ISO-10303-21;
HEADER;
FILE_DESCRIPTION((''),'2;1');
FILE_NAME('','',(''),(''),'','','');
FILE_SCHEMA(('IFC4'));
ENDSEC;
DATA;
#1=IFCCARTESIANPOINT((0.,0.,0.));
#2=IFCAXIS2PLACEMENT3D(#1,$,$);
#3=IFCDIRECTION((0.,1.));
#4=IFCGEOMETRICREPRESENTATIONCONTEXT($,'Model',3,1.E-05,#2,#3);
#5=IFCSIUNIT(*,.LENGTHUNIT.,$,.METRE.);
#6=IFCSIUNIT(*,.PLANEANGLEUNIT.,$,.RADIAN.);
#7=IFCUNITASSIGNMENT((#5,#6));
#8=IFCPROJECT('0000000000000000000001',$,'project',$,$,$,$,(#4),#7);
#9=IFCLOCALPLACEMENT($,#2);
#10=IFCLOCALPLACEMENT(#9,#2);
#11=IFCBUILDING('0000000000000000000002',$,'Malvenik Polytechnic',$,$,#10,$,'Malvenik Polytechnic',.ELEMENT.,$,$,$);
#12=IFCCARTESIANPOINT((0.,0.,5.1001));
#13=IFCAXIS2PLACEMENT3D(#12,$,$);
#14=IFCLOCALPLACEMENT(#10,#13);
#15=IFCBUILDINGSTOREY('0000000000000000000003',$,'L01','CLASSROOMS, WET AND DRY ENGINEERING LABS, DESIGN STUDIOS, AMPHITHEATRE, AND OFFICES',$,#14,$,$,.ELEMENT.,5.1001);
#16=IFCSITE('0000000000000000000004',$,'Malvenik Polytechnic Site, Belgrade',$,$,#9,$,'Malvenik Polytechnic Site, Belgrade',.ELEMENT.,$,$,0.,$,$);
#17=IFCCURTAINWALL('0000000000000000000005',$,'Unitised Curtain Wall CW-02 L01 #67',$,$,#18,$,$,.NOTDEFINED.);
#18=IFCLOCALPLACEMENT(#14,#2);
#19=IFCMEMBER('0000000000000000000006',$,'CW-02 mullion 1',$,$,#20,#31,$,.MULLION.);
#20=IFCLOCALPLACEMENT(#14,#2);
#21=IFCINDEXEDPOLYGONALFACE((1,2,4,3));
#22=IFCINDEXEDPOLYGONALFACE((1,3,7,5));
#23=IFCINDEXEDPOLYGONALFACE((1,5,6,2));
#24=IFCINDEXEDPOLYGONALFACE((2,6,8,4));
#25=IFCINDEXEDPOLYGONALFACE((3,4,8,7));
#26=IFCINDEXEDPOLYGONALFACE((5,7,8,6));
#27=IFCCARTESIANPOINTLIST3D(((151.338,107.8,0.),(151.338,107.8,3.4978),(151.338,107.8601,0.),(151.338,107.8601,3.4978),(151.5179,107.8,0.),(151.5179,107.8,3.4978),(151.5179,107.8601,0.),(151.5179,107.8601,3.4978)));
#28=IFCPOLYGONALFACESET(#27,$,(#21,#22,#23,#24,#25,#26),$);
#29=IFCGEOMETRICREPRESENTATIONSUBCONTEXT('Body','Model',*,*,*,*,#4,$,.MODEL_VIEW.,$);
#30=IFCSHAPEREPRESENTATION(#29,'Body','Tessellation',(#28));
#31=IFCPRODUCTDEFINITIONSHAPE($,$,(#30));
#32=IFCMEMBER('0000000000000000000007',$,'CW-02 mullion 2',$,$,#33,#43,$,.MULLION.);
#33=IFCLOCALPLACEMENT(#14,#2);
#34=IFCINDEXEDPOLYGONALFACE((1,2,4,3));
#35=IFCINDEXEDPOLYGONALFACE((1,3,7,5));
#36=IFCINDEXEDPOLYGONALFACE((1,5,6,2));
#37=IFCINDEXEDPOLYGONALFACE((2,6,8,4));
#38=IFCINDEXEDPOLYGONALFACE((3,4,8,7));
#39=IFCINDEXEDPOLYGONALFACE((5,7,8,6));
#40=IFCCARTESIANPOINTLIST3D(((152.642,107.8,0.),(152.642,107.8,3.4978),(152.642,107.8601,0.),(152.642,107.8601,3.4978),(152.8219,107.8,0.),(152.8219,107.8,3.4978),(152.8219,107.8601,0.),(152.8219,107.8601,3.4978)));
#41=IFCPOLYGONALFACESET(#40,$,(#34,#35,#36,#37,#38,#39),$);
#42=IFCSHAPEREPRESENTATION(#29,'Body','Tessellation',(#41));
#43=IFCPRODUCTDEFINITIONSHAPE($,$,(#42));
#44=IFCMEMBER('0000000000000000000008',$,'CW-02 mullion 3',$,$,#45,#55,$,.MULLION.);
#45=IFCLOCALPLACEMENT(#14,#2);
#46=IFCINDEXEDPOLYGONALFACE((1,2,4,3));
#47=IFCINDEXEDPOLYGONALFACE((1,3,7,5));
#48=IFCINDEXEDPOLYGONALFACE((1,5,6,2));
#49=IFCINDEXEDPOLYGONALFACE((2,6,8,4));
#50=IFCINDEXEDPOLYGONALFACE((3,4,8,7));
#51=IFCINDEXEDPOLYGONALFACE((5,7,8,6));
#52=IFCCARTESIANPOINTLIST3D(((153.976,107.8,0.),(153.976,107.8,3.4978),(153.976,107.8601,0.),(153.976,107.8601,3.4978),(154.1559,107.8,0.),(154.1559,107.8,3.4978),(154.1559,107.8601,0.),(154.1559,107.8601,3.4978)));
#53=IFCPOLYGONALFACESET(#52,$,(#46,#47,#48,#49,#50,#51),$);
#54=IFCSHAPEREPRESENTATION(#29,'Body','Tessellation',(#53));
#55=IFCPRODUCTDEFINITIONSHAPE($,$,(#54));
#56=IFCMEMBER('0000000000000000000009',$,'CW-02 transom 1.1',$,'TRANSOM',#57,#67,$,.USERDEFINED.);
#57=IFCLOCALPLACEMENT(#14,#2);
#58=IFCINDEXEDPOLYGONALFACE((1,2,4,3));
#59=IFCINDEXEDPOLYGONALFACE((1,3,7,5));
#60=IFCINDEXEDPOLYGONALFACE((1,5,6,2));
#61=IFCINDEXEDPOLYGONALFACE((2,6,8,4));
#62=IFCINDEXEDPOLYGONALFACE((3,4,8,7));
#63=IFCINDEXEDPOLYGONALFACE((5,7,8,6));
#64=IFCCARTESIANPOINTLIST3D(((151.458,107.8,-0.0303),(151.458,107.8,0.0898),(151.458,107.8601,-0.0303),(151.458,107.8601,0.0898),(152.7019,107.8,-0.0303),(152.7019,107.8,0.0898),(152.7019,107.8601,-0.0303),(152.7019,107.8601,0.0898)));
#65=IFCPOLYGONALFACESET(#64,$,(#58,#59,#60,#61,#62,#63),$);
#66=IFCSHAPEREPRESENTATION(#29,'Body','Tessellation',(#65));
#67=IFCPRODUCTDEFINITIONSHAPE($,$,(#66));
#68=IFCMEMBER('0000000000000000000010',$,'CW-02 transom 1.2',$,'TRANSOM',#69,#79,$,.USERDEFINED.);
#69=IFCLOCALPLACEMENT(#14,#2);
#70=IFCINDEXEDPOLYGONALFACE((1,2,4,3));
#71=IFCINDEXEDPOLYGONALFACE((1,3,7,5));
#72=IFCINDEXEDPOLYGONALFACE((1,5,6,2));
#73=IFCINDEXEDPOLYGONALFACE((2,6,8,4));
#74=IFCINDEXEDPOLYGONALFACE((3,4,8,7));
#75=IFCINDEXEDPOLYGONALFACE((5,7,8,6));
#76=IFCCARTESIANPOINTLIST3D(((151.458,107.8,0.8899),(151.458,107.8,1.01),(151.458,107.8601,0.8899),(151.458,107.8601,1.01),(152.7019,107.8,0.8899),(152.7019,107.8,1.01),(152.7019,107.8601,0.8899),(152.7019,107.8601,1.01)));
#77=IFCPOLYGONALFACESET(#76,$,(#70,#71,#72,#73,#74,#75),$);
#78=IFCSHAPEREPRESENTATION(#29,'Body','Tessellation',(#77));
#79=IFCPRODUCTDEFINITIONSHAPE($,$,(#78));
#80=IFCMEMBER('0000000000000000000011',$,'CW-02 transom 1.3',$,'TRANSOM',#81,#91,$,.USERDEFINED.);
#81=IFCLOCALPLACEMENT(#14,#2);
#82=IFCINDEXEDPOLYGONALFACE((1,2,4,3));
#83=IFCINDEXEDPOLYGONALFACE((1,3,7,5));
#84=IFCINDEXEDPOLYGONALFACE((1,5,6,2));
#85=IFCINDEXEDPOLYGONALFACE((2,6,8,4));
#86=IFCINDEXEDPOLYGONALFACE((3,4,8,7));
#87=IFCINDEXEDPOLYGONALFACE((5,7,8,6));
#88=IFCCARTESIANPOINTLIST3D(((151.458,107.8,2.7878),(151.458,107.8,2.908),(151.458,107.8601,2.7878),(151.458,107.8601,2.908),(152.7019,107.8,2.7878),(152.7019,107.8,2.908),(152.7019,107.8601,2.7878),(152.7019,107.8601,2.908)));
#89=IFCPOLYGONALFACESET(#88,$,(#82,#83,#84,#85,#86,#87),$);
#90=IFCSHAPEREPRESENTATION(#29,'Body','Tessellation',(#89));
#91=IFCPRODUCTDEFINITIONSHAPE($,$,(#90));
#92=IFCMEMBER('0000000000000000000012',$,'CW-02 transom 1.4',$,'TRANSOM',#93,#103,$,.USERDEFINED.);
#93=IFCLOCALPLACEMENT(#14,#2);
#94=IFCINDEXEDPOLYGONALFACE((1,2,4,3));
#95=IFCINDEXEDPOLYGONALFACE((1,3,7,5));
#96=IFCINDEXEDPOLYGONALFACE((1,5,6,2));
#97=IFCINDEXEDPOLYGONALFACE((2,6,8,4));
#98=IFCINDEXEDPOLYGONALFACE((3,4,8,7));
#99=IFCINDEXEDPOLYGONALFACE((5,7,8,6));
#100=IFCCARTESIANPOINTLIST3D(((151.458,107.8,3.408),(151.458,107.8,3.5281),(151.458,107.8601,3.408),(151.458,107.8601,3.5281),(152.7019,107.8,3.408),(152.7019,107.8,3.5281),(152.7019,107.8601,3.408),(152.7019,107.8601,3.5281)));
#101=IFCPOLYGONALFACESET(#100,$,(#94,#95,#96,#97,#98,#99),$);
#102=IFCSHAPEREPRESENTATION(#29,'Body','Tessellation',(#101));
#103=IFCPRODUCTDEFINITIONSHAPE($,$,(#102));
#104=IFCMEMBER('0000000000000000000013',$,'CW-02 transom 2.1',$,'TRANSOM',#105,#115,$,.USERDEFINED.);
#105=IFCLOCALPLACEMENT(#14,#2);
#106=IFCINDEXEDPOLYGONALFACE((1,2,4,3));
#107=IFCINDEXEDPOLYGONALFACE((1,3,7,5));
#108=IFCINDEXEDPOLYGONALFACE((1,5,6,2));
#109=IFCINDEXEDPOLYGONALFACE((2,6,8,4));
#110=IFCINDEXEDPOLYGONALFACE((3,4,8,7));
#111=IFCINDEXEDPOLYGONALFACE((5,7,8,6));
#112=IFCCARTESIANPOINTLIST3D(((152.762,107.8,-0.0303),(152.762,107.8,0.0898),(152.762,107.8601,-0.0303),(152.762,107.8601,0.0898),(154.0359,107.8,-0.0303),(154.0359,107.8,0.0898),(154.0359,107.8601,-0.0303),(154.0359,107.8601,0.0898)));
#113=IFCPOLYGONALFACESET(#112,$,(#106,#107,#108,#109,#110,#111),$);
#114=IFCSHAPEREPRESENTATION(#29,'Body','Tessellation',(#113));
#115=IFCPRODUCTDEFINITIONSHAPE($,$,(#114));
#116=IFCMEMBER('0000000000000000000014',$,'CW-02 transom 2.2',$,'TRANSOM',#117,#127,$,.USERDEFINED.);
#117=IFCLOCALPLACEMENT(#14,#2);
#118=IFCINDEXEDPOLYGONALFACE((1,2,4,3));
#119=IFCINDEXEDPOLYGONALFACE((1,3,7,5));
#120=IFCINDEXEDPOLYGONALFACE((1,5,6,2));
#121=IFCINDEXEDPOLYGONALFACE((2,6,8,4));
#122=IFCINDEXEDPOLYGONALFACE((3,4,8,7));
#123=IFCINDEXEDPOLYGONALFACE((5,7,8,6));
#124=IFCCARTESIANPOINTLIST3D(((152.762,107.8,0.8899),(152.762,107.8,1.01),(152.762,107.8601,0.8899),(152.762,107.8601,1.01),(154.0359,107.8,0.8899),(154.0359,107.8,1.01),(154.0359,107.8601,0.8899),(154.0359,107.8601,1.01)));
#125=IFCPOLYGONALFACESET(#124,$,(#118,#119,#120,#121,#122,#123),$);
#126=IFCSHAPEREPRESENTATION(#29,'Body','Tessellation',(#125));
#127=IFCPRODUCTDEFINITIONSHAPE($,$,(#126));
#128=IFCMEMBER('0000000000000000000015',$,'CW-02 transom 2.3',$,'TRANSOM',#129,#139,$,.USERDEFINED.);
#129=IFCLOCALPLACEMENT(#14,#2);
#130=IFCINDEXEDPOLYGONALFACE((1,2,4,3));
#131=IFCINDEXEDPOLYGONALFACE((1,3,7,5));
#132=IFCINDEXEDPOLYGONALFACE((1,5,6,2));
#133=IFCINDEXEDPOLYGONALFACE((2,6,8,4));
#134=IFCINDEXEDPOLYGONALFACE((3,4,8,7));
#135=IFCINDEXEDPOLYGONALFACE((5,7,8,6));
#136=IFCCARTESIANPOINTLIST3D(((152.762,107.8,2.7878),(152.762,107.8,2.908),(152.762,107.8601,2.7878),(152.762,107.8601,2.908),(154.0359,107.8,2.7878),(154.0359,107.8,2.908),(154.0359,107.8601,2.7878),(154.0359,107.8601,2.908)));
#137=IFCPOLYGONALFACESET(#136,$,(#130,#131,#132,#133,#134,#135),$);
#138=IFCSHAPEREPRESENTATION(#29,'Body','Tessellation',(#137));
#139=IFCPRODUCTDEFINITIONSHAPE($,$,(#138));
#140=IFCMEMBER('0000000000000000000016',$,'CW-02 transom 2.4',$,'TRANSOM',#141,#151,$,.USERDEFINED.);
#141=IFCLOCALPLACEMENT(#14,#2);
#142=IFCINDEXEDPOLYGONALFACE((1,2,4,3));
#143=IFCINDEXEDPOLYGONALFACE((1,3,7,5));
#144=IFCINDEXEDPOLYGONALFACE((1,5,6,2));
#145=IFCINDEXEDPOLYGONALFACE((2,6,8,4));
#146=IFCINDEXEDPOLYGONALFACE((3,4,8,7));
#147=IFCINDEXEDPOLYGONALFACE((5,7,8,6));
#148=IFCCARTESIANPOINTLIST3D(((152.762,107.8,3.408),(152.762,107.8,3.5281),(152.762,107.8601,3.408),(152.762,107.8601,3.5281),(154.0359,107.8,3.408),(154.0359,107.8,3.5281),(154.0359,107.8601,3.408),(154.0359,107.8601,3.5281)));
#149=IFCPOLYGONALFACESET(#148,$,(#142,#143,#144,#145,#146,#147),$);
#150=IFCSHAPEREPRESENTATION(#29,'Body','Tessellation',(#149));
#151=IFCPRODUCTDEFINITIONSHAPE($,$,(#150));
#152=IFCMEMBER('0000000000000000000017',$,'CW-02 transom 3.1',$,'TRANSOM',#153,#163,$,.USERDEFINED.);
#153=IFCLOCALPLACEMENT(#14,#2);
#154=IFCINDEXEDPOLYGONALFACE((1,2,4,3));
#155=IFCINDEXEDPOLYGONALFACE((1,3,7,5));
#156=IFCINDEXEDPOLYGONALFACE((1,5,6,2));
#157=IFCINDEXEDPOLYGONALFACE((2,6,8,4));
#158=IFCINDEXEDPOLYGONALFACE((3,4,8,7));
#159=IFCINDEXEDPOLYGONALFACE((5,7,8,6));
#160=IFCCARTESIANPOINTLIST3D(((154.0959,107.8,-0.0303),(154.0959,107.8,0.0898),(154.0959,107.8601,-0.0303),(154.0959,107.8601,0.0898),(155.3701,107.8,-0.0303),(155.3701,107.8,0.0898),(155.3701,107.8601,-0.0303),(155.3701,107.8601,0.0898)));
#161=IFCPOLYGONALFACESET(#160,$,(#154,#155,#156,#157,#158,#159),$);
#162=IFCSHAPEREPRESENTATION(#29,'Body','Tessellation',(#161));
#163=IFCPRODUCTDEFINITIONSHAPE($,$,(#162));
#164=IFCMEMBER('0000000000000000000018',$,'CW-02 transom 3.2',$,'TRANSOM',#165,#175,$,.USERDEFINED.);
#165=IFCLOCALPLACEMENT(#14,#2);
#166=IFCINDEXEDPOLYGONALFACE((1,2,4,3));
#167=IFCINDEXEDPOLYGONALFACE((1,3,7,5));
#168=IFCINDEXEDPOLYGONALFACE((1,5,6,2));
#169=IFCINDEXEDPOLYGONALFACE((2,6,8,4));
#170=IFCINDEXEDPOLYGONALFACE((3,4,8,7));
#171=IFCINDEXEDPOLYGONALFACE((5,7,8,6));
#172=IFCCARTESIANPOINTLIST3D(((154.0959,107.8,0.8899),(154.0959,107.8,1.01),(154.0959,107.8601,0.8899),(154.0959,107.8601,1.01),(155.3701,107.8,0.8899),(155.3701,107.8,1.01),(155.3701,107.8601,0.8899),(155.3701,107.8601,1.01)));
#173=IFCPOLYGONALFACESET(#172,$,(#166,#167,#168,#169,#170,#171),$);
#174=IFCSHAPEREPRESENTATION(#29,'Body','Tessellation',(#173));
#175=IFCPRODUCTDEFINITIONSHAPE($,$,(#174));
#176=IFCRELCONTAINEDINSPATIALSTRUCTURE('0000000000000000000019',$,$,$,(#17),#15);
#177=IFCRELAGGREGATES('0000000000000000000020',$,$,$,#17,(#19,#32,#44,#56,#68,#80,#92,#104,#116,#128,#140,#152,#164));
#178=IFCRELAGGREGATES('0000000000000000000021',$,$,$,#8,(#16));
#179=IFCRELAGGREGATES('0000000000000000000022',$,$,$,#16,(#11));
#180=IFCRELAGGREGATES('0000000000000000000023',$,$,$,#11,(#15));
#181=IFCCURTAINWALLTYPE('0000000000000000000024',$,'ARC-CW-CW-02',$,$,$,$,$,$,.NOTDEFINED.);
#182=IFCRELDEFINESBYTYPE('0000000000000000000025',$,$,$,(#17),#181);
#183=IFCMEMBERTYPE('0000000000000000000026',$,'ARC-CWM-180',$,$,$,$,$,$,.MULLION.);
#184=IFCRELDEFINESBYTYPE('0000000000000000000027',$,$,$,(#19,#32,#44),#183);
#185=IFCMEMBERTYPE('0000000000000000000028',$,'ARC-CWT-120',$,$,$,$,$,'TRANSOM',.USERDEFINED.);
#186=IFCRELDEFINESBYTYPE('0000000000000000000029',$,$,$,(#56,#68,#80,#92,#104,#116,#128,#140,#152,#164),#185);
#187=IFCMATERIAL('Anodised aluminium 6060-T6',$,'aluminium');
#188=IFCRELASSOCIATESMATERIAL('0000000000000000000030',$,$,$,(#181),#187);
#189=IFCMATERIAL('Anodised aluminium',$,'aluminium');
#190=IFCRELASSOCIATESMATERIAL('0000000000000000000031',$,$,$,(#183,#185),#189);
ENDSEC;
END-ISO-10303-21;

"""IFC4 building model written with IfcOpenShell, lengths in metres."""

from ifc_helpers import new_model, si_unit, direction, frame, origin, origin_2d, place, context, subcontext, project, spatial, rectangle, extrude, material, material_profile, profile_set, type_object, element, aggregate, save


model = new_model("IFC4")

# Units and contexts
model_context = context("Model", 3, precision=1e-05, world=origin(), true_north=direction((0.0, 1.0)))
body_context = subcontext(model_context, "Body", "Model", "MODEL_VIEW")
ifc_project = project(units=[si_unit("LENGTHUNIT", "METRE"), si_unit("PLANEANGLEUNIT", "RADIAN")], contexts=[model_context])

# Site, building, storey
site_placement = place(None, origin())
site = spatial("IfcSite", under=ifc_project, at=site_placement, Name="Malvenik Polytechnic Site, Belgrade", LongName="Malvenik Polytechnic Site, Belgrade", CompositionType="ELEMENT", RefElevation=0.0)
building_placement = place(site_placement, origin())
building = spatial("IfcBuilding", under=site, at=building_placement, Name="Malvenik Polytechnic", LongName="Malvenik Polytechnic", CompositionType="ELEMENT")
storey_placement = place(building_placement, frame((0.0, 0.0, 5.1001)))
storey = spatial("IfcBuildingStorey", under=building, at=storey_placement, Name="L01", Description="CLASSROOMS, WET AND DRY ENGINEERING LABS, DESIGN STUDIOS, AMPHITHEATRE, AND OFFICES", CompositionType="ELEMENT", Elevation=5.1001)

# Curtain wall, members
ifc_material_1 = material(Name="Anodised aluminium 6060-T6", Category="aluminium")
curtain_wall_type = type_object("IfcCurtainWallType", Name="ARC-CW-CW-02", PredefinedType="NOTDEFINED", material=ifc_material_1)
curtain_wall_placement = place(storey_placement, origin())
curtain_wall = element("IfcCurtainWall", 1, at=curtain_wall_placement, inside=storey, type_object=curtain_wall_type, Name="Unitised Curtain Wall CW-02 L01 #67", PredefinedType="NOTDEFINED")
ifc_material_2 = material(Name="Anodised aluminium", Category="aluminium")
ifc_material_profile_1 = material_profile(ifc_material_2, rectangle(XDim=0.0601, YDim=0.1799, at=origin_2d()), Name="ALU MULLION 60x180")
ifc_profile_set_1 = profile_set([ifc_material_profile_1], Name="Anodised aluminium")
member_type_1 = type_object("IfcMemberType", Name="ARC-CWM-180", PredefinedType="MULLION", material=ifc_profile_set_1)
member_1_placement = place(storey_placement, frame((151.428, 107.8301, 0.0), z_axis=(0.0, 0.0, 1.0), x_axis=(0.0, 1.0, 0.0)))
member_1 = element("IfcMember", 2, at=member_1_placement, type_object=member_type_1, Name="CW-02 mullion 1", PredefinedType="MULLION", context=body_context, shape_type="SweptSolid", body=[
    extrude(rectangle(XDim=0.0601, YDim=0.1799, at=origin_2d()), origin(), (0.0, 0.0, 1.0), 3.4978),
])
member_2_placement = place(storey_placement, frame((152.7319, 107.8301, 0.0), z_axis=(0.0, 0.0, 1.0), x_axis=(0.0, 1.0, 0.0)))
member_2 = element("IfcMember", 3, at=member_2_placement, type_object=member_type_1, Name="CW-02 mullion 2", PredefinedType="MULLION", context=body_context, shape_type="SweptSolid", body=[
    extrude(rectangle(XDim=0.0601, YDim=0.1799, at=origin_2d()), origin(), (0.0, 0.0, 1.0), 3.4978),
])
member_3_placement = place(storey_placement, frame((154.0659, 107.8301, 0.0), z_axis=(0.0, 0.0, 1.0), x_axis=(0.0, 1.0, 0.0)))
member_3 = element("IfcMember", 4, at=member_3_placement, type_object=member_type_1, Name="CW-02 mullion 3", PredefinedType="MULLION", context=body_context, shape_type="SweptSolid", body=[
    extrude(rectangle(XDim=0.0601, YDim=0.1799, at=origin_2d()), origin(), (0.0, 0.0, 1.0), 3.4978),
])
ifc_material_profile_2 = material_profile(ifc_material_2, rectangle(XDim=0.0601, YDim=0.1201, at=origin_2d()), Name="ALU TRANSOM 60x120")
ifc_profile_set_2 = profile_set([ifc_material_profile_2], Name="Anodised aluminium")
member_type_2 = type_object("IfcMemberType", Name="ARC-CWT-120", ElementType="TRANSOM", PredefinedType="USERDEFINED", material=ifc_profile_set_2)
member_4_placement = place(storey_placement, frame((151.458, 107.8301, 0.0298), z_axis=(1.0, 0.0, 0.0), x_axis=(0.0, 1.0, 0.0)))
member_4 = element("IfcMember", 5, at=member_4_placement, type_object=member_type_2, Name="CW-02 transom 1.1", ObjectType="TRANSOM", PredefinedType="USERDEFINED", context=body_context, shape_type="SweptSolid", body=[
    extrude(rectangle(XDim=0.0601, YDim=0.1201, at=origin_2d()), origin(), (0.0, 0.0, 1.0), 1.2439),
])
member_5_placement = place(storey_placement, frame((151.458, 107.8301, 0.95), z_axis=(1.0, 0.0, 0.0), x_axis=(0.0, 1.0, 0.0)))
member_5 = element("IfcMember", 6, at=member_5_placement, type_object=member_type_2, Name="CW-02 transom 1.2", ObjectType="TRANSOM", PredefinedType="USERDEFINED", context=body_context, shape_type="SweptSolid", body=[
    extrude(rectangle(XDim=0.0601, YDim=0.1201, at=origin_2d()), origin(), (0.0, 0.0, 1.0), 1.2439),
])
member_6_placement = place(storey_placement, frame((151.458, 107.8301, 2.8479), z_axis=(1.0, 0.0, 0.0), x_axis=(0.0, 1.0, 0.0)))
member_6 = element("IfcMember", 7, at=member_6_placement, type_object=member_type_2, Name="CW-02 transom 1.3", ObjectType="TRANSOM", PredefinedType="USERDEFINED", context=body_context, shape_type="SweptSolid", body=[
    extrude(rectangle(XDim=0.0601, YDim=0.1201, at=origin_2d()), origin(), (0.0, 0.0, 1.0), 1.2439),
])
member_7_placement = place(storey_placement, frame((151.458, 107.8301, 3.468), z_axis=(1.0, 0.0, 0.0), x_axis=(0.0, 1.0, 0.0)))
member_7 = element("IfcMember", 8, at=member_7_placement, type_object=member_type_2, Name="CW-02 transom 1.4", ObjectType="TRANSOM", PredefinedType="USERDEFINED", context=body_context, shape_type="SweptSolid", body=[
    extrude(rectangle(XDim=0.0601, YDim=0.1201, at=origin_2d()), origin(), (0.0, 0.0, 1.0), 1.2439),
])
member_8_placement = place(storey_placement, frame((152.762, 107.8301, 0.0298), z_axis=(1.0, 0.0, 0.0), x_axis=(0.0, 1.0, 0.0)))
member_8 = element("IfcMember", 9, at=member_8_placement, type_object=member_type_2, Name="CW-02 transom 2.1", ObjectType="TRANSOM", PredefinedType="USERDEFINED", context=body_context, shape_type="SweptSolid", body=[
    extrude(rectangle(XDim=0.0601, YDim=0.1201, at=origin_2d()), origin(), (0.0, 0.0, 1.0), 1.2739),
])
member_9_placement = place(storey_placement, frame((152.762, 107.8301, 0.95), z_axis=(1.0, 0.0, 0.0), x_axis=(0.0, 1.0, 0.0)))
member_9 = element("IfcMember", 10, at=member_9_placement, type_object=member_type_2, Name="CW-02 transom 2.2", ObjectType="TRANSOM", PredefinedType="USERDEFINED", context=body_context, shape_type="SweptSolid", body=[
    extrude(rectangle(XDim=0.0601, YDim=0.1201, at=origin_2d()), origin(), (0.0, 0.0, 1.0), 1.2739),
])
member_10_placement = place(storey_placement, frame((152.762, 107.8301, 2.8479), z_axis=(1.0, 0.0, 0.0), x_axis=(0.0, 1.0, 0.0)))
member_10 = element("IfcMember", 11, at=member_10_placement, type_object=member_type_2, Name="CW-02 transom 2.3", ObjectType="TRANSOM", PredefinedType="USERDEFINED", context=body_context, shape_type="SweptSolid", body=[
    extrude(rectangle(XDim=0.0601, YDim=0.1201, at=origin_2d()), origin(), (0.0, 0.0, 1.0), 1.2739),
])
member_11_placement = place(storey_placement, frame((152.762, 107.8301, 3.468), z_axis=(1.0, 0.0, 0.0), x_axis=(0.0, 1.0, 0.0)))
member_11 = element("IfcMember", 12, at=member_11_placement, type_object=member_type_2, Name="CW-02 transom 2.4", ObjectType="TRANSOM", PredefinedType="USERDEFINED", context=body_context, shape_type="SweptSolid", body=[
    extrude(rectangle(XDim=0.0601, YDim=0.1201, at=origin_2d()), origin(), (0.0, 0.0, 1.0), 1.2739),
])
member_12_placement = place(storey_placement, frame((154.0959, 107.8301, 0.0298), z_axis=(1.0, 0.0, 0.0), x_axis=(0.0, 1.0, 0.0)))
member_12 = element("IfcMember", 13, at=member_12_placement, type_object=member_type_2, Name="CW-02 transom 3.1", ObjectType="TRANSOM", PredefinedType="USERDEFINED", context=body_context, shape_type="SweptSolid", body=[
    extrude(rectangle(XDim=0.0601, YDim=0.1201, at=origin_2d()), origin(), (0.0, 0.0, 1.0), 1.2742),
])
member_13_placement = place(storey_placement, frame((154.0959, 107.8301, 0.95), z_axis=(1.0, 0.0, 0.0), x_axis=(0.0, 1.0, 0.0)))
member_13 = element("IfcMember", 14, at=member_13_placement, type_object=member_type_2, Name="CW-02 transom 3.2", ObjectType="TRANSOM", PredefinedType="USERDEFINED", context=body_context, shape_type="SweptSolid", body=[
    extrude(rectangle(XDim=0.0601, YDim=0.1201, at=origin_2d()), origin(), (0.0, 0.0, 1.0), 1.2742),
])

aggregate(curtain_wall, [member_1, member_2, member_3, member_4, member_5, member_6, member_7, member_8, member_9, member_10, member_11, member_12, member_13])

save(model, "model.ifc")
